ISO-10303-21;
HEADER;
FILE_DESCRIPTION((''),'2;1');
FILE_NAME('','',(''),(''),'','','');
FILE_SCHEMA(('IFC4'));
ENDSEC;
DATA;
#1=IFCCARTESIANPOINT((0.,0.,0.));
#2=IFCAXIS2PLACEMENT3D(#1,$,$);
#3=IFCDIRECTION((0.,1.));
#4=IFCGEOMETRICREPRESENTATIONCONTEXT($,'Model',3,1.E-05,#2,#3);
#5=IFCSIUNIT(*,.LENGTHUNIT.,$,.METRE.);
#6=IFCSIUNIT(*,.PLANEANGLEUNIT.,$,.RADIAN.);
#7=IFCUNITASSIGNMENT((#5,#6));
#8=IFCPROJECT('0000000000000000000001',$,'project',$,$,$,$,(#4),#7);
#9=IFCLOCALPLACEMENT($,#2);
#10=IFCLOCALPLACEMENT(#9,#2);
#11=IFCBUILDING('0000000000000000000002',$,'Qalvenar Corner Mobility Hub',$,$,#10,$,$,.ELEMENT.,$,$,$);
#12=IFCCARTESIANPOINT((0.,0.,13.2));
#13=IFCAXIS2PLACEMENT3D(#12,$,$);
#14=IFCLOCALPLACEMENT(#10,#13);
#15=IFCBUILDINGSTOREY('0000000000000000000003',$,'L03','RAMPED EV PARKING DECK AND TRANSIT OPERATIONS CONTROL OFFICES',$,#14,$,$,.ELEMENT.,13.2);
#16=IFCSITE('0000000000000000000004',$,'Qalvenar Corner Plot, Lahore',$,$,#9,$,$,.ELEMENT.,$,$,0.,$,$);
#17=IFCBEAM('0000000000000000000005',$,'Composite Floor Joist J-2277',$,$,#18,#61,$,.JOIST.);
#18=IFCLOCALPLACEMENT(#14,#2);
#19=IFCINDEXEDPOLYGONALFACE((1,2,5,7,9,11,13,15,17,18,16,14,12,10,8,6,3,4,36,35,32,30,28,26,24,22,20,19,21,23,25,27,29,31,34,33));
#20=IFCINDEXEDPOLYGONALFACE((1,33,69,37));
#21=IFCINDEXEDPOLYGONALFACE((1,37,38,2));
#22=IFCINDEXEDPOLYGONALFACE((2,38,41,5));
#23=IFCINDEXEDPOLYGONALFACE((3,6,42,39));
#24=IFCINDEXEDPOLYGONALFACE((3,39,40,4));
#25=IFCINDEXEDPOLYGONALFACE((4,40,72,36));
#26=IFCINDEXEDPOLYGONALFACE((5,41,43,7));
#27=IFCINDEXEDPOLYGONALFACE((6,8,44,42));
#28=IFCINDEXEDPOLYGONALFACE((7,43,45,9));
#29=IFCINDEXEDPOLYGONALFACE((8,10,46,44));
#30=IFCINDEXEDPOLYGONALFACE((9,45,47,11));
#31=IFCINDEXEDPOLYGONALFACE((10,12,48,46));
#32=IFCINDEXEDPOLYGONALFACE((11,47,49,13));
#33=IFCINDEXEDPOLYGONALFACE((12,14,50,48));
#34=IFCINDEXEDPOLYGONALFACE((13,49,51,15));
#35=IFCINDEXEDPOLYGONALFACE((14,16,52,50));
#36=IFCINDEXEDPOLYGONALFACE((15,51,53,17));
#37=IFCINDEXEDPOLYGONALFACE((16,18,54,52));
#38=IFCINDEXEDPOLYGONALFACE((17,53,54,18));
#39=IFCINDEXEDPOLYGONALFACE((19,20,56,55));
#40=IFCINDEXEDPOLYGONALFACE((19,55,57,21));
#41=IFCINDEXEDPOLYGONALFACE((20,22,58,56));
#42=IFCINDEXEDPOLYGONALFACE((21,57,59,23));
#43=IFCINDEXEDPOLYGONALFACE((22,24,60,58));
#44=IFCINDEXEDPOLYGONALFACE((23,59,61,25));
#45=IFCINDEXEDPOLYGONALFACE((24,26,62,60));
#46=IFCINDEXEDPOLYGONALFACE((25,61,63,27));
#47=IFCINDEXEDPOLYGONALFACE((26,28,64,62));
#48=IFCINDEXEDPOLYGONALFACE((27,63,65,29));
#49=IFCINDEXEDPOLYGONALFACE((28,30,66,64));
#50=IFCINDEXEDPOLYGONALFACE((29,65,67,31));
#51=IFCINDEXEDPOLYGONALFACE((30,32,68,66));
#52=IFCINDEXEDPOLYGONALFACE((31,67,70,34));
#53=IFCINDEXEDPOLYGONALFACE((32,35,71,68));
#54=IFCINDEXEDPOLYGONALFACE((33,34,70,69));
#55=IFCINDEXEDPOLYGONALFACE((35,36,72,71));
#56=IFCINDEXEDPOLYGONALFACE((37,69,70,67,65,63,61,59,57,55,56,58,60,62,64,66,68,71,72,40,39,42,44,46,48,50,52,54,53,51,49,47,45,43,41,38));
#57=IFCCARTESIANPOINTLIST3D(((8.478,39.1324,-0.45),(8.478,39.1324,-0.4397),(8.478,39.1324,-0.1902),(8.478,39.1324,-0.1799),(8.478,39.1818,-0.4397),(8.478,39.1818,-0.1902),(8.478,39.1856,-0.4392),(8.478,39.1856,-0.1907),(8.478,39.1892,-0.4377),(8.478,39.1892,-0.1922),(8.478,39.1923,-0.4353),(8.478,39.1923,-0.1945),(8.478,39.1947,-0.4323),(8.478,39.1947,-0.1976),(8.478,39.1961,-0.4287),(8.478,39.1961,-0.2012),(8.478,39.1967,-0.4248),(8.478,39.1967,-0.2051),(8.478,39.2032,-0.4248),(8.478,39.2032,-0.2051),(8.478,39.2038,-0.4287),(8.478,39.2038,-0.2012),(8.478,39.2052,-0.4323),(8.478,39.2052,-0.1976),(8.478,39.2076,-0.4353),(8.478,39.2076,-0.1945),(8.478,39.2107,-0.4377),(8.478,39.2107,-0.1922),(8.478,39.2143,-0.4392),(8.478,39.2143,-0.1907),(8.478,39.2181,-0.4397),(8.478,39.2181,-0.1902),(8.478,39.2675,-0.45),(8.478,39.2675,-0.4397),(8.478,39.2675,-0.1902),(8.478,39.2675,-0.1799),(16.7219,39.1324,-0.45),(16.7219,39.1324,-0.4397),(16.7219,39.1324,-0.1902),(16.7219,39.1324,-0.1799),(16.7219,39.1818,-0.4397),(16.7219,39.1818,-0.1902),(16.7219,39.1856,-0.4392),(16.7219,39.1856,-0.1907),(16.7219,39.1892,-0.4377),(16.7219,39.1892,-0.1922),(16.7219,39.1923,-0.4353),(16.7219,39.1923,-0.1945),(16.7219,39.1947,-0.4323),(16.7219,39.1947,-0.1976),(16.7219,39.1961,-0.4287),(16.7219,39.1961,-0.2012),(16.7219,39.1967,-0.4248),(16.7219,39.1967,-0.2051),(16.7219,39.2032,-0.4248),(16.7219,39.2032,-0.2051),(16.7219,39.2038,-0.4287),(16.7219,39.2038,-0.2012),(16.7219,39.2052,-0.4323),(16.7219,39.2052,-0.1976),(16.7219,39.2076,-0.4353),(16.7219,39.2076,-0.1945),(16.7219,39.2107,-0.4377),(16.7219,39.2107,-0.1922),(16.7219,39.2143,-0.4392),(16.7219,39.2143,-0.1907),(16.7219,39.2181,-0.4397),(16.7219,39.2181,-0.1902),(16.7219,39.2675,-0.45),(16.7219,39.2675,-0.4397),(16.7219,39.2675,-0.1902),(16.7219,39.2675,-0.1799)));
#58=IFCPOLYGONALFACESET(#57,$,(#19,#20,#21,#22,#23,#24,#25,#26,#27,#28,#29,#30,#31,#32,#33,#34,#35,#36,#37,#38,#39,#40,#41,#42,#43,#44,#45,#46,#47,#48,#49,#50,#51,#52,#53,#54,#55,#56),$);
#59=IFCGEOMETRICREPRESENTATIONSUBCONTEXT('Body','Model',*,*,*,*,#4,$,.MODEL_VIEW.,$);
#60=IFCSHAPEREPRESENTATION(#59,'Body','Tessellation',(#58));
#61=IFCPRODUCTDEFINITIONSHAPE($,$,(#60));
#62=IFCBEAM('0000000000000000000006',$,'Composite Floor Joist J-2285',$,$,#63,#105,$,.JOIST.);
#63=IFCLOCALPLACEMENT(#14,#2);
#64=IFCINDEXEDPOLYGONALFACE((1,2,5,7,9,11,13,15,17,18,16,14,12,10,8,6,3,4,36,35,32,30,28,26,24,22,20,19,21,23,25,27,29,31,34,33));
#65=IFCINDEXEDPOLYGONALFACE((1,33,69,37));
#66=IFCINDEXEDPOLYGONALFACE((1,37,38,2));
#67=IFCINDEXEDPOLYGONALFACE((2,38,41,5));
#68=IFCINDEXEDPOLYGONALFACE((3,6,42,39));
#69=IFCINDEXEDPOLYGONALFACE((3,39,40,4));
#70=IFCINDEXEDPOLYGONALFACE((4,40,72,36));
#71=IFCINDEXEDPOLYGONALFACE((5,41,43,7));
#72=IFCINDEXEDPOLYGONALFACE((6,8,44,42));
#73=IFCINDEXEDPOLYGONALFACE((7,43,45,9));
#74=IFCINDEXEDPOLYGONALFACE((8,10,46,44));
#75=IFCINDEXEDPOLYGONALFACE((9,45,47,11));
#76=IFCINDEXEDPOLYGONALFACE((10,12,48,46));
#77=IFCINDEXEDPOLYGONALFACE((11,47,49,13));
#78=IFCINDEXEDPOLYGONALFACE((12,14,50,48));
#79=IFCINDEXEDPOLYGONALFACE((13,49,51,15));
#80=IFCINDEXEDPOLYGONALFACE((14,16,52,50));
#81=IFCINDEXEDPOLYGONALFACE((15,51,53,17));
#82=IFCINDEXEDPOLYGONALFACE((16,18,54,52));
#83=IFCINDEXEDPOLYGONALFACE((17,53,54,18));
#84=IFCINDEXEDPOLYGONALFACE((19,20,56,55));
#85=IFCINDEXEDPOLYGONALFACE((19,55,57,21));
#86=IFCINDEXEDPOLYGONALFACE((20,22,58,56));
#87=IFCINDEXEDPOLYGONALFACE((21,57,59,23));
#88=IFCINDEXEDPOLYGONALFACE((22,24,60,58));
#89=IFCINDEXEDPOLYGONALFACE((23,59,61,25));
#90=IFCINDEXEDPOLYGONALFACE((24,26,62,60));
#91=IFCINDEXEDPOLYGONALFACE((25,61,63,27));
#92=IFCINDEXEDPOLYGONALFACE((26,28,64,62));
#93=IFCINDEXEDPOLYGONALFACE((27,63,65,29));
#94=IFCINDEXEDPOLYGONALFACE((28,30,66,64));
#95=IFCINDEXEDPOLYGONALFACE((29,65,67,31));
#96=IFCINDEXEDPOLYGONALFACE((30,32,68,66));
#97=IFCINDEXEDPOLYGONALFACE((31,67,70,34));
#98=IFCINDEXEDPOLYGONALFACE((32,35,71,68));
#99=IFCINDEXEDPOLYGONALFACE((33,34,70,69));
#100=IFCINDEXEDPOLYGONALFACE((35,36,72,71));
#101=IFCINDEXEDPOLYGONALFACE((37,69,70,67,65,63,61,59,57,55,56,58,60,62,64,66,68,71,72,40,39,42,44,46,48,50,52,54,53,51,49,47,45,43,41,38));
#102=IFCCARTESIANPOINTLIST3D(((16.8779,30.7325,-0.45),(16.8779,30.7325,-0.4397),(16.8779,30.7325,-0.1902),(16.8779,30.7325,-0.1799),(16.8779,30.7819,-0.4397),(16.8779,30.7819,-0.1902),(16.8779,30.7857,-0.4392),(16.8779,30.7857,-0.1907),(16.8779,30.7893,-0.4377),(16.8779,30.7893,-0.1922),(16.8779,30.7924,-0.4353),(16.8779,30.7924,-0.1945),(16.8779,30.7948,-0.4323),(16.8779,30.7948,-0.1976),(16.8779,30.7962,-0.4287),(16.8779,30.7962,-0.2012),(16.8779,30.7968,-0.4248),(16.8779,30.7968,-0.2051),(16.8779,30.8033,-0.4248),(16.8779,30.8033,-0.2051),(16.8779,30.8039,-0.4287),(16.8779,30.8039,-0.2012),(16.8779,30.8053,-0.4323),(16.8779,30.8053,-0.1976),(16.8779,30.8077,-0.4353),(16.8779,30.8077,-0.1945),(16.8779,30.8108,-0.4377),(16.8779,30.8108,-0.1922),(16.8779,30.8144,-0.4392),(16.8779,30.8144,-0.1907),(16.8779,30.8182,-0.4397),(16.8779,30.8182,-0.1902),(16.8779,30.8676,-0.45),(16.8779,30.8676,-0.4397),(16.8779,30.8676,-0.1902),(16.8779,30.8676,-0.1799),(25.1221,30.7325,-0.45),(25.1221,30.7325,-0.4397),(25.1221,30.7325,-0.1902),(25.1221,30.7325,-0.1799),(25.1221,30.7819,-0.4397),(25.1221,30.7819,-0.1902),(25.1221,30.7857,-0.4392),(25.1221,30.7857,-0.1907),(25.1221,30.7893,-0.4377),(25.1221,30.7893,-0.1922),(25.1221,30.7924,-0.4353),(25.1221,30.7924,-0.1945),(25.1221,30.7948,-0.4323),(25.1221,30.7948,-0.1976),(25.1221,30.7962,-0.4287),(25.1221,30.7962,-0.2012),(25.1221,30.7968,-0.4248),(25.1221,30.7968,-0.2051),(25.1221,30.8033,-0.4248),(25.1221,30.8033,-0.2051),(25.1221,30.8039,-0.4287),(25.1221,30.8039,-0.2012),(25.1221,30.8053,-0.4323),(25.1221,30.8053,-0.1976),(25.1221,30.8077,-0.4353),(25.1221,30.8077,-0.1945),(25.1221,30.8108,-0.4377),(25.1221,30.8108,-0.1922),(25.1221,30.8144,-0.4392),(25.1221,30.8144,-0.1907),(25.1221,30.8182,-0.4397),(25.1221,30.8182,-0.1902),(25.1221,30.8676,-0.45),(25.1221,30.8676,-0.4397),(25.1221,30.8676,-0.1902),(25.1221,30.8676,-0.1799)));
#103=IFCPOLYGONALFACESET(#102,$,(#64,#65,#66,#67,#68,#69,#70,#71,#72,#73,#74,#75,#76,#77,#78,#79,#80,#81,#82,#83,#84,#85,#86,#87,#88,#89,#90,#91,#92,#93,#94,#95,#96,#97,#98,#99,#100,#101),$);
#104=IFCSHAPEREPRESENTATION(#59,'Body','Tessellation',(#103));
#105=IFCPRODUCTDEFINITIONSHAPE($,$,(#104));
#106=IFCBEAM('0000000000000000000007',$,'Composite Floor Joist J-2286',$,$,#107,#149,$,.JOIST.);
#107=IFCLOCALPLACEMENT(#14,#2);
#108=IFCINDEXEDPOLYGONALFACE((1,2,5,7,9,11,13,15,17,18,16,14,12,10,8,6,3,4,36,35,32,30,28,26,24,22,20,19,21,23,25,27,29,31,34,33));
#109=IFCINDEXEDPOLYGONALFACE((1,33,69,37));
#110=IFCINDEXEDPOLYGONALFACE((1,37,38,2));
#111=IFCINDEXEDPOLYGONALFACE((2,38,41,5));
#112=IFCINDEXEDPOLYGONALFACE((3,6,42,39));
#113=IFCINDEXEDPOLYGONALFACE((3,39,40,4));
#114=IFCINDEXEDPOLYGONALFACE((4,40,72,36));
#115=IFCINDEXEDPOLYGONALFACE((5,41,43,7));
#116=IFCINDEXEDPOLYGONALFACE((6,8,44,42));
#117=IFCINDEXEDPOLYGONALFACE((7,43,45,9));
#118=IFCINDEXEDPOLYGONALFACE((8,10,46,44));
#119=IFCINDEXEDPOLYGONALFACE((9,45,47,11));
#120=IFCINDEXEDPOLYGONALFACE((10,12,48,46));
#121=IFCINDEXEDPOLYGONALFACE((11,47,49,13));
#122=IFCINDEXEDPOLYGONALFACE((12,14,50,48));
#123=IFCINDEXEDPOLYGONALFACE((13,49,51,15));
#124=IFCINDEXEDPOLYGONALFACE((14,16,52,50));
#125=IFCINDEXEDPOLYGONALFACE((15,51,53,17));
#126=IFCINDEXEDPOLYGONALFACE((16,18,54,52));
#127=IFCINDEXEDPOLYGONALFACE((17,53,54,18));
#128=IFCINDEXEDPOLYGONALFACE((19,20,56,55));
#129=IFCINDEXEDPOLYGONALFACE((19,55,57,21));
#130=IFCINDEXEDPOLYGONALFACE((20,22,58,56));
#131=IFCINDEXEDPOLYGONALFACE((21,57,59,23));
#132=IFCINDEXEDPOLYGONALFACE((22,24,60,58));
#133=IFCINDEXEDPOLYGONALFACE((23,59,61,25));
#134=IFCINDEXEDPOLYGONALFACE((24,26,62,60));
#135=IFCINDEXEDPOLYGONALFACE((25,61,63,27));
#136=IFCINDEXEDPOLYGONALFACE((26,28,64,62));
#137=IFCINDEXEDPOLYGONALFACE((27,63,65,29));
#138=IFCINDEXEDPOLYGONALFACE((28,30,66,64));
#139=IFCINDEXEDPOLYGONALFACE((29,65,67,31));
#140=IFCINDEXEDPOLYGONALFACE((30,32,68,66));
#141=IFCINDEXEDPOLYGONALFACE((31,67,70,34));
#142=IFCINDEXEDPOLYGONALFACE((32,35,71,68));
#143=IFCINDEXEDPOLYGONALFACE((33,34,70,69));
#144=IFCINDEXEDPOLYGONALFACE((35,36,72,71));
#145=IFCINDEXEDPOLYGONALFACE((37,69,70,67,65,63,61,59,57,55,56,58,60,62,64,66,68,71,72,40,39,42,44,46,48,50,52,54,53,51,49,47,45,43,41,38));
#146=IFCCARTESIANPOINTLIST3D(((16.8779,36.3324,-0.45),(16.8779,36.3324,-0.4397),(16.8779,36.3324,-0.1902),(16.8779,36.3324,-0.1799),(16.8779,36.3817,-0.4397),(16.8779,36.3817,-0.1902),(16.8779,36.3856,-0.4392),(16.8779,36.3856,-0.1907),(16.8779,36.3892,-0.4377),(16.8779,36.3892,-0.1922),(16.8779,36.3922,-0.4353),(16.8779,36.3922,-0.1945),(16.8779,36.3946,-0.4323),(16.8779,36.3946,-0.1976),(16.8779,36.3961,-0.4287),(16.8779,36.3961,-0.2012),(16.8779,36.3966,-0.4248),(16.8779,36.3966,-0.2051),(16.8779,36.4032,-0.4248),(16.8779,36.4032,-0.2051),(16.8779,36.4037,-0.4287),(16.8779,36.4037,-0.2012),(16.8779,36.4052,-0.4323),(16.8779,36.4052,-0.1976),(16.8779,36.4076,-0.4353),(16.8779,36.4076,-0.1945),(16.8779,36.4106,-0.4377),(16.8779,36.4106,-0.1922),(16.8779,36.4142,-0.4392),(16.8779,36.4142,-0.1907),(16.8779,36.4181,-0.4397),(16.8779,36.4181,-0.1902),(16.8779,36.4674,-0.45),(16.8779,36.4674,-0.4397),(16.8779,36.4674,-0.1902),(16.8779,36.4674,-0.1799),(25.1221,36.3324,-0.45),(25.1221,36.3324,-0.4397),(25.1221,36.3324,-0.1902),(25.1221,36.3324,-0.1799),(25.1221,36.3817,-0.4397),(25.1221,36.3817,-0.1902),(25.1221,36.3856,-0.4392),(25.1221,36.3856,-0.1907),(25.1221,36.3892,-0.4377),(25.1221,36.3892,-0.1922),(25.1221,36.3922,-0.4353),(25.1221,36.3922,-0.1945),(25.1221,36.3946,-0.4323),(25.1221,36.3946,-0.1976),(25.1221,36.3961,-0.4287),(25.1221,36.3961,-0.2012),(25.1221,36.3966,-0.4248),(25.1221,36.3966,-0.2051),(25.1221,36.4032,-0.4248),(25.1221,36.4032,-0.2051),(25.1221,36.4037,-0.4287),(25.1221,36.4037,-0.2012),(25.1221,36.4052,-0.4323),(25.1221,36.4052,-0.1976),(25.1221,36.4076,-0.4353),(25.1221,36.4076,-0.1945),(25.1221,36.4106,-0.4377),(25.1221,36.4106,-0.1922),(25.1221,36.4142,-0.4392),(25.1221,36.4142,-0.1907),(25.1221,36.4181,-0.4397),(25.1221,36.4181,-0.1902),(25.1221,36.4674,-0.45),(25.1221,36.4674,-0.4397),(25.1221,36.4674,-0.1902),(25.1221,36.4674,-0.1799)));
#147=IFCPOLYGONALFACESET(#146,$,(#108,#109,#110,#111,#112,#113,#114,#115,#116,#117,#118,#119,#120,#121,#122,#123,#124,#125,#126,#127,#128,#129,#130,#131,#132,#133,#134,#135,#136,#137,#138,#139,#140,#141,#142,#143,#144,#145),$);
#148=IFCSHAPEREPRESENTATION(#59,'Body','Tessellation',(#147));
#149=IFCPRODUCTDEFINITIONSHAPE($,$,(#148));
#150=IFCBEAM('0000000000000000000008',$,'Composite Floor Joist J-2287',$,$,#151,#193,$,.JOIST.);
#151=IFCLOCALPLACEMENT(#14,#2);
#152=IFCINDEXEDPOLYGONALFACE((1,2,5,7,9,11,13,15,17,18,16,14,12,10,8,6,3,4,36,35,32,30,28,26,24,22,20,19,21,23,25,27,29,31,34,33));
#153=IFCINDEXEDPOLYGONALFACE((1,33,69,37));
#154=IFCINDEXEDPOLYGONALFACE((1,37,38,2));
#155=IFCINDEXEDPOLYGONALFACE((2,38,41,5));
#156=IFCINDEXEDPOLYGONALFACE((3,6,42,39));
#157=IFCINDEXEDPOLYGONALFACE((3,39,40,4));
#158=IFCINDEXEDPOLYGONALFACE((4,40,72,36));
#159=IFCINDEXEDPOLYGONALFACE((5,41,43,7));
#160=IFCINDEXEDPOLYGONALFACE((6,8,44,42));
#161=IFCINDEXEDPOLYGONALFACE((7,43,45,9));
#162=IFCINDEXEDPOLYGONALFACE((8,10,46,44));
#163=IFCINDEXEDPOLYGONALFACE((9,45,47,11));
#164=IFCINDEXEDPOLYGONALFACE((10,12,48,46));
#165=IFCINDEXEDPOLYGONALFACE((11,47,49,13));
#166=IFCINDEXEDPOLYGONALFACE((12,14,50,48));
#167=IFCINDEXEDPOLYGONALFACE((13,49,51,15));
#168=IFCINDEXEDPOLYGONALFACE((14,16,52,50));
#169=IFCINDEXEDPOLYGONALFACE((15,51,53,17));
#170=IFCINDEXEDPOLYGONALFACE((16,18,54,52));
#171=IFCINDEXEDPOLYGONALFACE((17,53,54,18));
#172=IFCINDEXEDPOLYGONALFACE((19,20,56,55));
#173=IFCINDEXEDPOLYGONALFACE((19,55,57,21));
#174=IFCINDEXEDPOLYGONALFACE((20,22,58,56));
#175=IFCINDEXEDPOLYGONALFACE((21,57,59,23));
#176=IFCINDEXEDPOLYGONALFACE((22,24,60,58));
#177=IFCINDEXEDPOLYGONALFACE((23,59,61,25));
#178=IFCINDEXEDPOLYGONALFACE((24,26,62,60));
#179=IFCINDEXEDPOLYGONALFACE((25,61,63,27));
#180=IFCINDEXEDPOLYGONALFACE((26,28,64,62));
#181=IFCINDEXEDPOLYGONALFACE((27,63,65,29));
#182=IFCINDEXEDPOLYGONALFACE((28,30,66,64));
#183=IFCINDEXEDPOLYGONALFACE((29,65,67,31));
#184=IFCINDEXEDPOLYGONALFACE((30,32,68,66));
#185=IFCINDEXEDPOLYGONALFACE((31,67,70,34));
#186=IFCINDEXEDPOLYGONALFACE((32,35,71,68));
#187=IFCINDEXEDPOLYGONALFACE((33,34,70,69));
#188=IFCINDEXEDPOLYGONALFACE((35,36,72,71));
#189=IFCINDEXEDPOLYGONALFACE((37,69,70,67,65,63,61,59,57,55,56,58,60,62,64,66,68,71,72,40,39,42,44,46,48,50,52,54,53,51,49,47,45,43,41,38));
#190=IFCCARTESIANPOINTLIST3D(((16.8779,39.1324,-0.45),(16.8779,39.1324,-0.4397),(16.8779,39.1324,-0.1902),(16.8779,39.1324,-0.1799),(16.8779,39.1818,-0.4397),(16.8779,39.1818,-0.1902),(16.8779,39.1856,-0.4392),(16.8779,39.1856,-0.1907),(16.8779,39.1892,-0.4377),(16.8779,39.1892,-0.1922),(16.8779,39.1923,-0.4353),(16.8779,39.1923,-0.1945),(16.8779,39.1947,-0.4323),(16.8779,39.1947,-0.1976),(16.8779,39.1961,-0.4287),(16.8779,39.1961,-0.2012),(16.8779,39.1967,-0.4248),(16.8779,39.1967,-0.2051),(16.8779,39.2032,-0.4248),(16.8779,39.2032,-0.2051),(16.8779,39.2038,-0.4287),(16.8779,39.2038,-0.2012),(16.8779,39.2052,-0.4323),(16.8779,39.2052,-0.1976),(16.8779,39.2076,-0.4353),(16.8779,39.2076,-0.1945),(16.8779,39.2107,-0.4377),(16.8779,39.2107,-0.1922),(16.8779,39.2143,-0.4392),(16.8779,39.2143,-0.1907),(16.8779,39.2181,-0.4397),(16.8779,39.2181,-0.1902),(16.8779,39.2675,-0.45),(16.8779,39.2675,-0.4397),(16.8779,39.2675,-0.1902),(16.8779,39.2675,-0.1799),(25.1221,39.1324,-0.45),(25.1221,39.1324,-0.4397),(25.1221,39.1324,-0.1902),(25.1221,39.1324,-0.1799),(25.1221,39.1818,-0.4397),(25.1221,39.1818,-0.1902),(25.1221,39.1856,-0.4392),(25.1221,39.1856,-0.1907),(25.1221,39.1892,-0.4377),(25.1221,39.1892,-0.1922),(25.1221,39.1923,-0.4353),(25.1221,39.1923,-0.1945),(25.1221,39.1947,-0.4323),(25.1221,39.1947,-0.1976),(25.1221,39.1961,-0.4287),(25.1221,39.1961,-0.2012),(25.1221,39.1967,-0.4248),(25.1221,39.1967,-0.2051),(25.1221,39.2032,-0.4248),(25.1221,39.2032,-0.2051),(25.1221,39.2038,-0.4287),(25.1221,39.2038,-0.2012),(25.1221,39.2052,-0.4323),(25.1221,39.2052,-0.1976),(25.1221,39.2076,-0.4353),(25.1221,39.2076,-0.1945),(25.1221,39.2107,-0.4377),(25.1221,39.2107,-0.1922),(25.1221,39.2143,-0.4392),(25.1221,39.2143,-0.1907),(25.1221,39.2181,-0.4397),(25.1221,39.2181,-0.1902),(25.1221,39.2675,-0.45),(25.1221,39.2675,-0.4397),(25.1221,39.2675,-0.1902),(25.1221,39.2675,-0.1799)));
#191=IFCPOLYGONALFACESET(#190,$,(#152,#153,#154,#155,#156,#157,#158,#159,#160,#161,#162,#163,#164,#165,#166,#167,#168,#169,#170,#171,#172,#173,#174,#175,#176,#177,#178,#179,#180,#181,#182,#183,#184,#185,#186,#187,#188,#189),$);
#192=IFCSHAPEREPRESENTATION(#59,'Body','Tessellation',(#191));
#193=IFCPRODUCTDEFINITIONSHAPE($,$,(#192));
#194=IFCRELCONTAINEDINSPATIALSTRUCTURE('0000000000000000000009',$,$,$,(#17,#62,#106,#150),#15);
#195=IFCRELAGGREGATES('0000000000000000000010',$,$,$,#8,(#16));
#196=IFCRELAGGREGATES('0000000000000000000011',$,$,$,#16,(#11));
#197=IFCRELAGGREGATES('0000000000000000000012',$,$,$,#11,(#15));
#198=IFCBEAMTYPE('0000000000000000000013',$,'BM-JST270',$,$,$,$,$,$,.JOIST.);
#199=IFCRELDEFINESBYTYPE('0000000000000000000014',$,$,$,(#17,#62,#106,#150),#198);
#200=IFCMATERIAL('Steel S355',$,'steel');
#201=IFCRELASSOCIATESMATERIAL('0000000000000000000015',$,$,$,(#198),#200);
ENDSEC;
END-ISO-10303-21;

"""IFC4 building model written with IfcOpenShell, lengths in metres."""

from ifc_helpers import new_model, si_unit, direction, frame, origin, origin_2d, place, context, subcontext, project, spatial, i_section, extrude, material, material_profile, profile_set, type_object, element, save


model = new_model("IFC4")

# Units and contexts
model_context = context("Model", 3, precision=1e-05, world=origin(), true_north=direction((0.0, 1.0)))
body_context = subcontext(model_context, "Body", "Model", "MODEL_VIEW")
ifc_project = project(units=[si_unit("LENGTHUNIT", "METRE"), si_unit("PLANEANGLEUNIT", "RADIAN")], contexts=[model_context])

# Site, building, storey
site_placement = place(None, origin())
site = spatial("IfcSite", under=ifc_project, at=site_placement, Name="Qalvenar Corner Plot, Lahore", CompositionType="ELEMENT", RefElevation=0.0)
building_placement = place(site_placement, origin())
building = spatial("IfcBuilding", under=site, at=building_placement, Name="Qalvenar Corner Mobility Hub", CompositionType="ELEMENT")
storey_placement = place(building_placement, frame((0.0, 0.0, 13.2)))
storey = spatial("IfcBuildingStorey", under=building, at=storey_placement, Name="L03", Description="RAMPED EV PARKING DECK AND TRANSIT OPERATIONS CONTROL OFFICES", CompositionType="ELEMENT", Elevation=13.2)

# Shared definitions
ifc_material_1 = material(Name="Steel S355", Category="steel")

# Beams
ifc_material_profile_1 = material_profile(ifc_material_1, i_section(OverallWidth=0.135, OverallDepth=0.27, WebThickness=0.0066, FlangeThickness=0.0103, FilletRadius=0.0149, at=origin_2d()), Name="IPE270")
ifc_profile_set_1 = profile_set([ifc_material_profile_1], Name="Steel S355")
beam_type_1 = type_object("IfcBeamType", Name="BM-JST270", PredefinedType="JOIST", material=ifc_profile_set_1)
for number, where, z_axis, x_axis, name in (
    (1, (8.478, 39.2, -0.3149), (1.0, 0.0, 0.0), (0.0, 1.0, 0.0), "Composite Floor Joist J-2277"),
):
    element("IfcBeam", number, at=place(storey_placement, frame(where, z_axis=z_axis, x_axis=x_axis)), inside=storey, type_object=beam_type_1, Name=name, PredefinedType="JOIST", context=body_context, shape_type="SweptSolid", body=[
        extrude(i_section(OverallWidth=0.135, OverallDepth=0.27, WebThickness=0.0066, FlangeThickness=0.0103, FilletRadius=0.0149, at=origin_2d()), origin(), (0.0, 0.0, 1.0), 8.2439),
    ])
for number, where, z_axis, x_axis, name in (
    (2, (16.8779, 30.8, -0.3149), (1.0, 0.0, 0.0), (0.0, 1.0, 0.0), "Composite Floor Joist J-2285"),
    (3, (16.8779, 36.3999, -0.3149), (1.0, 0.0, 0.0), (0.0, 1.0, 0.0), "Composite Floor Joist J-2286"),
    (4, (16.8779, 39.2, -0.3149), (1.0, 0.0, 0.0), (0.0, 1.0, 0.0), "Composite Floor Joist J-2287"),
):
    element("IfcBeam", number, at=place(storey_placement, frame(where, z_axis=z_axis, x_axis=x_axis)), inside=storey, type_object=beam_type_1, Name=name, PredefinedType="JOIST", context=body_context, shape_type="SweptSolid", body=[
        extrude(i_section(OverallWidth=0.135, OverallDepth=0.27, WebThickness=0.0066, FlangeThickness=0.0103, FilletRadius=0.0149, at=origin_2d()), origin(), (0.0, 0.0, 1.0), 8.2441),
    ])

save(model, "model.ifc")
